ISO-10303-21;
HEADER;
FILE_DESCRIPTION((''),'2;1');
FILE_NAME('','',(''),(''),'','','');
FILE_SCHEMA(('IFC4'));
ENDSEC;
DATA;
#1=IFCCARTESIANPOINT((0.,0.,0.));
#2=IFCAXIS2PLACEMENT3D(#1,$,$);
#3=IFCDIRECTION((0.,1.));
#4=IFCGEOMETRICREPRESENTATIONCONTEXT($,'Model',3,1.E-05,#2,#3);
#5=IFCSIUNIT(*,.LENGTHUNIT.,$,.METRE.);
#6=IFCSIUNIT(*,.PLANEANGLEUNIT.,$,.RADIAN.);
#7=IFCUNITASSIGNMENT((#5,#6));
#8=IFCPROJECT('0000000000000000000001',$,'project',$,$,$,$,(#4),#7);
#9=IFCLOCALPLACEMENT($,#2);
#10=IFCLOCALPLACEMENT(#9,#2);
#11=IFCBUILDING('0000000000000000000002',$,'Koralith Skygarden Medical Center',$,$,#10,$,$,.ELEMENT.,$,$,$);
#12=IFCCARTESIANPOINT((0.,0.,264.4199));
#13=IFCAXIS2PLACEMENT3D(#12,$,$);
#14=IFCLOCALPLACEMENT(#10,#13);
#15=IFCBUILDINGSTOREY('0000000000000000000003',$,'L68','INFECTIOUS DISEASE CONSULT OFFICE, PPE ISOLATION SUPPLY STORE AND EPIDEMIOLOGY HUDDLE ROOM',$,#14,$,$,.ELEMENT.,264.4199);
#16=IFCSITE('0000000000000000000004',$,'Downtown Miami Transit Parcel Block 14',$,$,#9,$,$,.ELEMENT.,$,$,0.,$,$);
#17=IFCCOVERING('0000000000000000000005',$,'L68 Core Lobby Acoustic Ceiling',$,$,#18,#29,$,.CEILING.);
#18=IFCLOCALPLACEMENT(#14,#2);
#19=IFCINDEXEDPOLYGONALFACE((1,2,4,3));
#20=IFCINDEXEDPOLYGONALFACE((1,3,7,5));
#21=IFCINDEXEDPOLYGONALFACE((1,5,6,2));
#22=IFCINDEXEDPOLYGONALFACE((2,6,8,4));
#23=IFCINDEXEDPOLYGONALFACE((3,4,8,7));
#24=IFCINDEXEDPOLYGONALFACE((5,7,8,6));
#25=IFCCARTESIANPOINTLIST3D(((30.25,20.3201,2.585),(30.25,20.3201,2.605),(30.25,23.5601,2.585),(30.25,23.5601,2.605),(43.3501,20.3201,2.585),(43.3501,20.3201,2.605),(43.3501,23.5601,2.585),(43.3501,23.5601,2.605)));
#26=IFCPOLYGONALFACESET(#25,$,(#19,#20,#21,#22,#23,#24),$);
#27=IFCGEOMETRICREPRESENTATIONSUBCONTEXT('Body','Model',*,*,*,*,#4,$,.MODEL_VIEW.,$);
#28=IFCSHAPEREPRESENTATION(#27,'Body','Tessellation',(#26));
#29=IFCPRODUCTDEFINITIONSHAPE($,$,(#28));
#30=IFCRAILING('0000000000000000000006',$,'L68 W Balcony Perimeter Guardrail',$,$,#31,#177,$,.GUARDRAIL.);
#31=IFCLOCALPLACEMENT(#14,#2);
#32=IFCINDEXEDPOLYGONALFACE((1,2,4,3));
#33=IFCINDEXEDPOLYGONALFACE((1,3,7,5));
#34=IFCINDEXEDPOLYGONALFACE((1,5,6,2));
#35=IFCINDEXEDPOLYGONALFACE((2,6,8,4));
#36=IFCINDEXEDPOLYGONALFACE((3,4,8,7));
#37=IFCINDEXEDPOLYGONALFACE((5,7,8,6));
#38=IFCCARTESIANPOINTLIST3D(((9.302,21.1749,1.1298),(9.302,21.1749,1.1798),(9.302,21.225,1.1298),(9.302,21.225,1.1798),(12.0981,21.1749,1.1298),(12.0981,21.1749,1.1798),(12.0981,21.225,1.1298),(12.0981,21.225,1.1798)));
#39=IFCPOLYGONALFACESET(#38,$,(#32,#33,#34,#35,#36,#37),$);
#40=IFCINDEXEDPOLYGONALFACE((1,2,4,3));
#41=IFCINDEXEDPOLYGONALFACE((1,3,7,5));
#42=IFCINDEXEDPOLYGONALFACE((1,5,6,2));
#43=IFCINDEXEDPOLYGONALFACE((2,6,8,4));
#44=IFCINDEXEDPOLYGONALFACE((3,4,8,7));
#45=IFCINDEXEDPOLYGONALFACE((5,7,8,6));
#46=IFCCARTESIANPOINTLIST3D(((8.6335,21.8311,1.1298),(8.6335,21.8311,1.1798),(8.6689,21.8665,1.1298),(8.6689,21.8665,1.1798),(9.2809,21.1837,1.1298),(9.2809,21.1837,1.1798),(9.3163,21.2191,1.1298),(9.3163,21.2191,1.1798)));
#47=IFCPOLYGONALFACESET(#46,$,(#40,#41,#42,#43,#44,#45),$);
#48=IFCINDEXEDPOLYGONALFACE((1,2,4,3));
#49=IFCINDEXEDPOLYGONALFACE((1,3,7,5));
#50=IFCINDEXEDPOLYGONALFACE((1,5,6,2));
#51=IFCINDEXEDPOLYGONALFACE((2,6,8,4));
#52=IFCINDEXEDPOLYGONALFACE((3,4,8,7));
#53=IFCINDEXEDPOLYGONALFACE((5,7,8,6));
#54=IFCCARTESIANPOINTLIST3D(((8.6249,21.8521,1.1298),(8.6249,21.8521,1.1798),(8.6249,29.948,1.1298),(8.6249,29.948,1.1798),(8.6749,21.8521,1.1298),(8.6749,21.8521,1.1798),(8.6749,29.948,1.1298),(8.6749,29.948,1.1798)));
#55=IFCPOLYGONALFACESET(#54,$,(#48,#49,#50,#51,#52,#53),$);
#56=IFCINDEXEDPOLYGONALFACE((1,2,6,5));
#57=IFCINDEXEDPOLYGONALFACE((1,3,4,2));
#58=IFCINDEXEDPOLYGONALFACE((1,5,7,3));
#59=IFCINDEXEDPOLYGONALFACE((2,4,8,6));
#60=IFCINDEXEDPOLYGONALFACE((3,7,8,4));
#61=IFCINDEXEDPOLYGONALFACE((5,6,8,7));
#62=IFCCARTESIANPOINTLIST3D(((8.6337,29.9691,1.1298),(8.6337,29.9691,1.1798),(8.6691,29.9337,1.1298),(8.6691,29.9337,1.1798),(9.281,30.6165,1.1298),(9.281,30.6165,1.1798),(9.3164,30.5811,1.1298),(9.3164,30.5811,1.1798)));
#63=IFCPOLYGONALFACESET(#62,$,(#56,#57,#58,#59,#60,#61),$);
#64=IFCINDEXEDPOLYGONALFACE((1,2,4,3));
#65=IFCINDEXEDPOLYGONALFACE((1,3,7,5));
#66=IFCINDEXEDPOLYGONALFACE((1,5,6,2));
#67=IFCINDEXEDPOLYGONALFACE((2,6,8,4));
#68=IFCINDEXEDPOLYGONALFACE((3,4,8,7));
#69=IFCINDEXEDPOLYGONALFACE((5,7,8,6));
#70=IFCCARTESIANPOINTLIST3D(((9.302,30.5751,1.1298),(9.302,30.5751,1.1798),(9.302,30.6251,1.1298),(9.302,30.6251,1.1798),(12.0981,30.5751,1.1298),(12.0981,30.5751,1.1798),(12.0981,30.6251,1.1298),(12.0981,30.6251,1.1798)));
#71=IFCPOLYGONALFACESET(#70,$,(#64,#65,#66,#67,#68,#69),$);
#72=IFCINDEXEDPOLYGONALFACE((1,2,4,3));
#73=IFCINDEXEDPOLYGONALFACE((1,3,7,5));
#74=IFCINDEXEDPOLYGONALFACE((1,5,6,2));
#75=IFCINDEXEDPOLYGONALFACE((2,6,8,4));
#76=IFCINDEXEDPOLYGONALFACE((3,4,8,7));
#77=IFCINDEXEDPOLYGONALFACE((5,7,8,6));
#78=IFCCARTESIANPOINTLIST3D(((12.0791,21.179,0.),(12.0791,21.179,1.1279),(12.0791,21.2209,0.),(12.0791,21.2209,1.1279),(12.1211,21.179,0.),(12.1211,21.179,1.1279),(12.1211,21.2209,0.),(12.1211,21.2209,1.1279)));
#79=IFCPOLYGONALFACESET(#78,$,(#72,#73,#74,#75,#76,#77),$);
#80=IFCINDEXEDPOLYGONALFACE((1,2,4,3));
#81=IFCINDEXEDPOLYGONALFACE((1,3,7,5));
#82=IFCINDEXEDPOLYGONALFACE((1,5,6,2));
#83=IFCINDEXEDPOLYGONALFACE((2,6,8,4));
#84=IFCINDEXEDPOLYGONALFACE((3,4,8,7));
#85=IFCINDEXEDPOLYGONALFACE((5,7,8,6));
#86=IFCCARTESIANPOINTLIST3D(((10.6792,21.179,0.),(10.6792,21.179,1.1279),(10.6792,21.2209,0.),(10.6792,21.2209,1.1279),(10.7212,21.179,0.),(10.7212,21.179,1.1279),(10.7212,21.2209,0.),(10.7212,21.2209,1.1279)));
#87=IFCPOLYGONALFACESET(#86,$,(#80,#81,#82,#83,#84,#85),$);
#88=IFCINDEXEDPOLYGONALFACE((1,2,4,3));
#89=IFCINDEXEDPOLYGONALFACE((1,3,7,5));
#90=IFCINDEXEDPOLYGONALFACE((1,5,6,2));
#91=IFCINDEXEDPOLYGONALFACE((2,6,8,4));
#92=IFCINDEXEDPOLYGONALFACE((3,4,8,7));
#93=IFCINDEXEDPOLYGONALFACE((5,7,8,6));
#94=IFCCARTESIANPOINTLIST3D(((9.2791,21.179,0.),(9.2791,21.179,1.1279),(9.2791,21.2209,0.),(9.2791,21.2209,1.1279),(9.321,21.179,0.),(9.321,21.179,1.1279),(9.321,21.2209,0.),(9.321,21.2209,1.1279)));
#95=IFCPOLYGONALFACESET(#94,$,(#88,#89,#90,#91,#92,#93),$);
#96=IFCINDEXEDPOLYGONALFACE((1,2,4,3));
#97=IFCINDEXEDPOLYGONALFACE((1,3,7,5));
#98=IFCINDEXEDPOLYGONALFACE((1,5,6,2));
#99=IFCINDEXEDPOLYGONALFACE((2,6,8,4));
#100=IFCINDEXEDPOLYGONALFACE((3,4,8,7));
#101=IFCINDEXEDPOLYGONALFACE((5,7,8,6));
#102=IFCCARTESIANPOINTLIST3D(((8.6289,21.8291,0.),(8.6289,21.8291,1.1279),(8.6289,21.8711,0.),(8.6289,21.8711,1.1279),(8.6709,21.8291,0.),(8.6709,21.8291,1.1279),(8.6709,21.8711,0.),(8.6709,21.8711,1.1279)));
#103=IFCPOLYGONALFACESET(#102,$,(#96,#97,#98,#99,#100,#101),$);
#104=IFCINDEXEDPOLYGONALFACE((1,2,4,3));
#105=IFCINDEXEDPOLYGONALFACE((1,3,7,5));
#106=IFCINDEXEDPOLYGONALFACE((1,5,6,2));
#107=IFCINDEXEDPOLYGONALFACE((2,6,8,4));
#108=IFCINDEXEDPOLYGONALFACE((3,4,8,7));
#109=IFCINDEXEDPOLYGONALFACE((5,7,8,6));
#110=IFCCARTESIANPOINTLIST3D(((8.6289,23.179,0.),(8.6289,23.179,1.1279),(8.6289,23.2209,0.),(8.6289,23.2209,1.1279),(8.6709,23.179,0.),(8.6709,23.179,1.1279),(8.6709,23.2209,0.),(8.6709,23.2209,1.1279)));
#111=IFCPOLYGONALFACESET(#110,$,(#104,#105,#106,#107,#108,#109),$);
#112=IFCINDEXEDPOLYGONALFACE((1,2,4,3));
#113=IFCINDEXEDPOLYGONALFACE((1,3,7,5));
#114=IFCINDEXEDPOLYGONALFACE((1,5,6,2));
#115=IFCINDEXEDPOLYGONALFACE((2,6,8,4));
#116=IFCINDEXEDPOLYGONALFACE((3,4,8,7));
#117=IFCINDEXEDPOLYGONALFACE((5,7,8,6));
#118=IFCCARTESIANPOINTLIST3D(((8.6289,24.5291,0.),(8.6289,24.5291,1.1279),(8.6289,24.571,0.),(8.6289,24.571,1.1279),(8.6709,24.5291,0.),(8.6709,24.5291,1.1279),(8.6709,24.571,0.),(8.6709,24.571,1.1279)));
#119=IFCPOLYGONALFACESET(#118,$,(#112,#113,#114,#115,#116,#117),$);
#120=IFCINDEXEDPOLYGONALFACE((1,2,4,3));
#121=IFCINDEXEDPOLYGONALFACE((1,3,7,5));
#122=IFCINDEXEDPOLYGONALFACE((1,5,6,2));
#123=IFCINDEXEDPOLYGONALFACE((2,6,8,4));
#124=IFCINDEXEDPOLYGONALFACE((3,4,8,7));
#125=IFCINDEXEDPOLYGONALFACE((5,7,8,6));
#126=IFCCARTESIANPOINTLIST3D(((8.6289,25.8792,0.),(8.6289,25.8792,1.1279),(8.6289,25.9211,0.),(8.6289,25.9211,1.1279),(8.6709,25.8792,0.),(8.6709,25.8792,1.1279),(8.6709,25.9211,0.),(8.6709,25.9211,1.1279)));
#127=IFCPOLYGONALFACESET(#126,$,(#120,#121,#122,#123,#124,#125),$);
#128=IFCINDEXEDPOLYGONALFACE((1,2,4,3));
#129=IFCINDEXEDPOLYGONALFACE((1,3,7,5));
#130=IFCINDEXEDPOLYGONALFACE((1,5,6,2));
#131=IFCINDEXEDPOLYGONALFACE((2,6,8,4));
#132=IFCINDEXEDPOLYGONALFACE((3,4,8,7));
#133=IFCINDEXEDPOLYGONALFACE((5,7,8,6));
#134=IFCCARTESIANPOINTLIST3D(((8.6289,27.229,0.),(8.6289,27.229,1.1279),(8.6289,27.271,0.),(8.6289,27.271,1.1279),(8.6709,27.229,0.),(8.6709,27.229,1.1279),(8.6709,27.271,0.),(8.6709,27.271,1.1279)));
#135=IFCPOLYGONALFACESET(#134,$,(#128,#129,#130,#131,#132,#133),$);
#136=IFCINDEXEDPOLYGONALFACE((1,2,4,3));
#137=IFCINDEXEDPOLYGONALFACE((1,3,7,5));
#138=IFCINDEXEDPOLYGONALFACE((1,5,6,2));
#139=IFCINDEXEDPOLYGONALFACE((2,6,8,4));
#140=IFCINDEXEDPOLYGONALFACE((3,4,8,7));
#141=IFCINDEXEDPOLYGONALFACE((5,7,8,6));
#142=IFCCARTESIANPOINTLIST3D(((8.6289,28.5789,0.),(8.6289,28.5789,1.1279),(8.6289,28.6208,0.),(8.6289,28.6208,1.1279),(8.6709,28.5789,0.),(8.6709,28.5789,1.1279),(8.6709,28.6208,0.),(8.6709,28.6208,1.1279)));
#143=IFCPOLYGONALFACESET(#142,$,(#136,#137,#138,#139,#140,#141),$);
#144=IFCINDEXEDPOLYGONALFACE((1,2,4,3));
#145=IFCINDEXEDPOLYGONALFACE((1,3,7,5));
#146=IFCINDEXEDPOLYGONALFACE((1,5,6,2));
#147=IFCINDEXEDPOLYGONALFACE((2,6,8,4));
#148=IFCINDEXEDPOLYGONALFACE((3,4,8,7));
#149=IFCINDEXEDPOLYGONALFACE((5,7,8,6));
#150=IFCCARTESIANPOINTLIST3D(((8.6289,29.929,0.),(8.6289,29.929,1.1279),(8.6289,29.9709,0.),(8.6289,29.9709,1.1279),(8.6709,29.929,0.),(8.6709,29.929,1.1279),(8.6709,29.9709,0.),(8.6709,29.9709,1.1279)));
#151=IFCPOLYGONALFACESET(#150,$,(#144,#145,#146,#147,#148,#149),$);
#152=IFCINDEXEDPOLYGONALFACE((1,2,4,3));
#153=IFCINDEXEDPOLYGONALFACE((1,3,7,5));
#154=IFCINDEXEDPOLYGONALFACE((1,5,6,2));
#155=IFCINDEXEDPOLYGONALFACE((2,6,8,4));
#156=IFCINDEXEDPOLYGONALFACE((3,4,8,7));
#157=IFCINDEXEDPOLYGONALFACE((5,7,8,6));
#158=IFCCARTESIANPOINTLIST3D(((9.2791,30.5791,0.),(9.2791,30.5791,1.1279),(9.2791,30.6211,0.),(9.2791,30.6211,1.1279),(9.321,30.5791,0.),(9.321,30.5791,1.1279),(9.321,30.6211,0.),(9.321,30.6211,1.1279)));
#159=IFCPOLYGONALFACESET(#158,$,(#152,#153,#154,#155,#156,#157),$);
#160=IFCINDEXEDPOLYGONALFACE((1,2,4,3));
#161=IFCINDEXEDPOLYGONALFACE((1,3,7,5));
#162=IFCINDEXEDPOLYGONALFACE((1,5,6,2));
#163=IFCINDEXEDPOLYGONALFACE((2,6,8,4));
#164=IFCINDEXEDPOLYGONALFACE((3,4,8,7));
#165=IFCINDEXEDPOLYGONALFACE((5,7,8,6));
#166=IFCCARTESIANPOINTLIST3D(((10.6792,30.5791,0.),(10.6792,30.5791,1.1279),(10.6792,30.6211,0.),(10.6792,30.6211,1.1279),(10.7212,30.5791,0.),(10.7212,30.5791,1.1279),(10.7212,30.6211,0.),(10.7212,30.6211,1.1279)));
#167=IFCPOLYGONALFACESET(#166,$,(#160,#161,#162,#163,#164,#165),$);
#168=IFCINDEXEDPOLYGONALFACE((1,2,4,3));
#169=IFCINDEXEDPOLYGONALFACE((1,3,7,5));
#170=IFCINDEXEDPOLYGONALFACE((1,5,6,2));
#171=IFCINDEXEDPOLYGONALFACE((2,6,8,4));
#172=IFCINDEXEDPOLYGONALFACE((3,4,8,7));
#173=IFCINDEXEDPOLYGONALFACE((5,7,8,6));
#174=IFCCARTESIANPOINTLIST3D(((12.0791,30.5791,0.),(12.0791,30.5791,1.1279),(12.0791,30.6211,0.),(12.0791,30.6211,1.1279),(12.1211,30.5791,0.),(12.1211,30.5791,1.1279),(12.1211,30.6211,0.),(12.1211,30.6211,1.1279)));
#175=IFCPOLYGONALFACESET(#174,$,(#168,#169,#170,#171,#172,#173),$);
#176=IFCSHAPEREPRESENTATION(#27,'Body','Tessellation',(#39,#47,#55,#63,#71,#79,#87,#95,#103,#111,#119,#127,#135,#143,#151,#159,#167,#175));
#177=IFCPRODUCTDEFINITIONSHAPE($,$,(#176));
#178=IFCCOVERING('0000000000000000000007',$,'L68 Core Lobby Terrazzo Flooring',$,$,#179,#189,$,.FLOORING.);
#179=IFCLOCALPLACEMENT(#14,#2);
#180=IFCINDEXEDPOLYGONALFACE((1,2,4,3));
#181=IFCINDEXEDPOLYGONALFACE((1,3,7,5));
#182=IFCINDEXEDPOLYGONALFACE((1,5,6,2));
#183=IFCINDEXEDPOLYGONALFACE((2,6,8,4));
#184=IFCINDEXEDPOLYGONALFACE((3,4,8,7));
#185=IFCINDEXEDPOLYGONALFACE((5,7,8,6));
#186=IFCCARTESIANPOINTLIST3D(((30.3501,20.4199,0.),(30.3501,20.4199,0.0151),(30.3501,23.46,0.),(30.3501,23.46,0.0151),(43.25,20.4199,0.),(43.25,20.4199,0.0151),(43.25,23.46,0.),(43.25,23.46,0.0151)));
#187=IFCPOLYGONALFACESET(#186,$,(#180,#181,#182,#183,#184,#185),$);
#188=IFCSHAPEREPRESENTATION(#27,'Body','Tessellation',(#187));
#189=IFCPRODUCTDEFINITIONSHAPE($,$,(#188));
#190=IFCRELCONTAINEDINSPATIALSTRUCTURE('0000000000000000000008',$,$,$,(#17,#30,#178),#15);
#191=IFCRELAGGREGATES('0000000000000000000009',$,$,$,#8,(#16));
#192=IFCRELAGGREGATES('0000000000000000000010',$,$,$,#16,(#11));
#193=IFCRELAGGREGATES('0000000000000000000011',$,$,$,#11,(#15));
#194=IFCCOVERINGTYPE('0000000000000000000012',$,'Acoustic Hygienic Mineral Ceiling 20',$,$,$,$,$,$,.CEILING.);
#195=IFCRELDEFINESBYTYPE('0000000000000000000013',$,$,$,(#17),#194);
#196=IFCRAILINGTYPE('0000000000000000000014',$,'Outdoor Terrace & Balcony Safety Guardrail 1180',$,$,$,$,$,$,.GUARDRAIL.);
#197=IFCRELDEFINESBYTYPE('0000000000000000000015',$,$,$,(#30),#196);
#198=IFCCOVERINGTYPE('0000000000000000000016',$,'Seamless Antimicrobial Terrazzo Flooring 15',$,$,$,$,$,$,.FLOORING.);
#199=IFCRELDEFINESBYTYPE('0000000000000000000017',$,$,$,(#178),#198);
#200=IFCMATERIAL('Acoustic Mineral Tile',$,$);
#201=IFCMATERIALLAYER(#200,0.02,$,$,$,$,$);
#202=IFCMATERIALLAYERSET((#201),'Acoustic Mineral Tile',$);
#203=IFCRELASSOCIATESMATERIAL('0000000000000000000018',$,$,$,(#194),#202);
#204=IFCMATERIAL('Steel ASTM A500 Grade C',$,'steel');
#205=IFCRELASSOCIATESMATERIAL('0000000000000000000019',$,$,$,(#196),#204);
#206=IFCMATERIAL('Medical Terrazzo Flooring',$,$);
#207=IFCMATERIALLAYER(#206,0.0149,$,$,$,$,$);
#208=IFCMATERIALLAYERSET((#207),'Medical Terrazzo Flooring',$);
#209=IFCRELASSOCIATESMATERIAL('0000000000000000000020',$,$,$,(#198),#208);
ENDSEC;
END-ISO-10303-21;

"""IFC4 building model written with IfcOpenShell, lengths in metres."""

from ifc_helpers import new_model, si_unit, direction, frame, origin, origin_2d, place, context, subcontext, project, spatial, polyline, rectangle, outline, extrude, material, layer, layer_set, type_object, element, save


model = new_model("IFC4")

# Units and contexts
model_context = context("Model", 3, precision=1e-05, world=origin(), true_north=direction((0.0, 1.0)))
body_context = subcontext(model_context, "Body", "Model", "MODEL_VIEW")
ifc_project = project(units=[si_unit("LENGTHUNIT", "METRE"), si_unit("PLANEANGLEUNIT", "RADIAN")], contexts=[model_context])

# Site, building, storey
site_placement = place(None, origin())
site = spatial("IfcSite", under=ifc_project, at=site_placement, Name="Downtown Miami Transit Parcel Block 14", CompositionType="ELEMENT", RefElevation=0.0)
building_placement = place(site_placement, origin())
building = spatial("IfcBuilding", under=site, at=building_placement, Name="Koralith Skygarden Medical Center", CompositionType="ELEMENT")
storey_placement = place(building_placement, frame((0.0, 0.0, 264.4199)))
storey = spatial("IfcBuildingStorey", under=building, at=storey_placement, Name="L68", Description="INFECTIOUS DISEASE CONSULT OFFICE, PPE ISOLATION SUPPLY STORE AND EPIDEMIOLOGY HUDDLE ROOM", CompositionType="ELEMENT", Elevation=264.4199)

# Covering
ifc_material_1 = material(Name="Acoustic Mineral Tile")
ifc_layer_1 = layer(ifc_material_1, 0.02)
ifc_layer_set_1 = layer_set([ifc_layer_1], Name="Acoustic Mineral Tile")
covering_type_1 = type_object("IfcCoveringType", Name="Acoustic Hygienic Mineral Ceiling 20", PredefinedType="CEILING", material=ifc_layer_set_1)
covering_1_placement = place(storey_placement, frame((0.0, 0.0, 2.585)))
element("IfcCovering", 1, at=covering_1_placement, inside=storey, type_object=covering_type_1, Name="L68 Core Lobby Acoustic Ceiling", PredefinedType="CEILING", context=body_context, shape_type="SweptSolid", body=[
    extrude(outline(polyline([(30.25, 20.3201), (43.3501, 20.3201), (43.3501, 23.5601), (30.25, 23.5601), (30.25, 20.3201)])), origin(), (0.0, 0.0, 1.0), 0.02),
])

# Railing
ifc_material_2 = material(Name="Steel ASTM A500 Grade C", Category="steel")
railing_type = type_object("IfcRailingType", Name="Outdoor Terrace & Balcony Safety Guardrail 1180", PredefinedType="GUARDRAIL", material=ifc_material_2)
railing_placement = place(storey_placement, frame((12.1001, 21.2, 0.0)))
element("IfcRailing", 2, at=railing_placement, inside=storey, type_object=railing_type, Name="L68 W Balcony Perimeter Guardrail", PredefinedType="GUARDRAIL", context=body_context, shape_type="SweptSolid", body=[
    extrude(rectangle(XDim=0.05, YDim=0.05, at=origin_2d()), frame((-0.002, 0.0, 1.1548), z_axis=(-1.0, 0.0, 0.0), x_axis=(0.0, -1.0, 0.0)), (0.0, 0.0, 1.0), 2.7961),
    extrude(rectangle(XDim=0.05, YDim=0.05, at=origin_2d()), frame((-2.8015, 0.0015, 1.1548), z_axis=(-0.707107, 0.707107, 0.0), x_axis=(-0.707107, -0.707107, 0.0)), (0.0, 0.0, 1.0), 0.9155),
    extrude(rectangle(XDim=0.05, YDim=0.05, at=origin_2d()), frame((-3.4502, 0.6521, 1.1548), z_axis=(0.0, 1.0, 0.0), x_axis=(-1.0, 0.0, 0.0)), (0.0, 0.0, 1.0), 8.0959),
    extrude(rectangle(XDim=0.05, YDim=0.05, at=origin_2d()), frame((-3.4487, 8.7515, 1.1548), z_axis=(0.707107, 0.707107, 0.0), x_axis=(-0.707107, 0.707107, 0.0)), (0.0, 0.0, 1.0), 0.9155),
    extrude(rectangle(XDim=0.05, YDim=0.05, at=origin_2d()), frame((-2.7981, 9.4001, 1.1548), z_axis=(1.0, 0.0, 0.0), x_axis=(0.0, 1.0, 0.0)), (0.0, 0.0, 1.0), 2.7961),
    extrude(rectangle(XDim=0.042, YDim=0.042, at=origin_2d()), origin(), (0.0, 0.0, 1.0), 1.1279),
    extrude(rectangle(XDim=0.042, YDim=0.042, at=origin_2d()), frame((-1.3999, 0.0, 0.0)), (0.0, 0.0, 1.0), 1.1279),
    extrude(rectangle(XDim=0.042, YDim=0.042, at=origin_2d()), frame((-2.8, 0.0, 0.0)), (0.0, 0.0, 1.0), 1.1279),
    extrude(rectangle(XDim=0.042, YDim=0.042, at=origin_2d()), frame((-3.4502, 0.6501, 0.0)), (0.0, 0.0, 1.0), 1.1279),
    extrude(rectangle(XDim=0.042, YDim=0.042, at=origin_2d()), frame((-3.4502, 2.0, 0.0)), (0.0, 0.0, 1.0), 1.1279),
    extrude(rectangle(XDim=0.042, YDim=0.042, at=origin_2d()), frame((-3.4502, 3.3501, 0.0)), (0.0, 0.0, 1.0), 1.1279),
    extrude(rectangle(XDim=0.042, YDim=0.042, at=origin_2d()), frame((-3.4502, 4.7002, 0.0)), (0.0, 0.0, 1.0), 1.1279),
    extrude(rectangle(XDim=0.042, YDim=0.042, at=origin_2d()), frame((-3.4502, 6.05, 0.0)), (0.0, 0.0, 1.0), 1.1279),
    extrude(rectangle(XDim=0.042, YDim=0.042, at=origin_2d()), frame((-3.4502, 7.3999, 0.0)), (0.0, 0.0, 1.0), 1.1279),
    extrude(rectangle(XDim=0.042, YDim=0.042, at=origin_2d()), frame((-3.4502, 8.75, 0.0)), (0.0, 0.0, 1.0), 1.1279),
    extrude(rectangle(XDim=0.042, YDim=0.042, at=origin_2d()), frame((-2.8, 9.4001, 0.0)), (0.0, 0.0, 1.0), 1.1279),
    extrude(rectangle(XDim=0.042, YDim=0.042, at=origin_2d()), frame((-1.3999, 9.4001, 0.0)), (0.0, 0.0, 1.0), 1.1279),
    extrude(rectangle(XDim=0.042, YDim=0.042, at=origin_2d()), frame((0.0, 9.4001, 0.0)), (0.0, 0.0, 1.0), 1.1279),
])

# Covering
ifc_material_3 = material(Name="Medical Terrazzo Flooring")
ifc_layer_2 = layer(ifc_material_3, 0.0149)
ifc_layer_set_2 = layer_set([ifc_layer_2], Name="Medical Terrazzo Flooring")
covering_type_2 = type_object("IfcCoveringType", Name="Seamless Antimicrobial Terrazzo Flooring 15", PredefinedType="FLOORING", material=ifc_layer_set_2)
covering_2_placement = place(storey_placement, origin())
element("IfcCovering", 3, at=covering_2_placement, inside=storey, type_object=covering_type_2, Name="L68 Core Lobby Terrazzo Flooring", PredefinedType="FLOORING", context=body_context, shape_type="SweptSolid", body=[
    extrude(outline(polyline([(30.3501, 20.4199), (43.25, 20.4199), (43.25, 23.46), (30.3501, 23.46), (30.3501, 20.4199)])), origin(), (0.0, 0.0, 1.0), 0.0151),
])

save(model, "model.ifc")
